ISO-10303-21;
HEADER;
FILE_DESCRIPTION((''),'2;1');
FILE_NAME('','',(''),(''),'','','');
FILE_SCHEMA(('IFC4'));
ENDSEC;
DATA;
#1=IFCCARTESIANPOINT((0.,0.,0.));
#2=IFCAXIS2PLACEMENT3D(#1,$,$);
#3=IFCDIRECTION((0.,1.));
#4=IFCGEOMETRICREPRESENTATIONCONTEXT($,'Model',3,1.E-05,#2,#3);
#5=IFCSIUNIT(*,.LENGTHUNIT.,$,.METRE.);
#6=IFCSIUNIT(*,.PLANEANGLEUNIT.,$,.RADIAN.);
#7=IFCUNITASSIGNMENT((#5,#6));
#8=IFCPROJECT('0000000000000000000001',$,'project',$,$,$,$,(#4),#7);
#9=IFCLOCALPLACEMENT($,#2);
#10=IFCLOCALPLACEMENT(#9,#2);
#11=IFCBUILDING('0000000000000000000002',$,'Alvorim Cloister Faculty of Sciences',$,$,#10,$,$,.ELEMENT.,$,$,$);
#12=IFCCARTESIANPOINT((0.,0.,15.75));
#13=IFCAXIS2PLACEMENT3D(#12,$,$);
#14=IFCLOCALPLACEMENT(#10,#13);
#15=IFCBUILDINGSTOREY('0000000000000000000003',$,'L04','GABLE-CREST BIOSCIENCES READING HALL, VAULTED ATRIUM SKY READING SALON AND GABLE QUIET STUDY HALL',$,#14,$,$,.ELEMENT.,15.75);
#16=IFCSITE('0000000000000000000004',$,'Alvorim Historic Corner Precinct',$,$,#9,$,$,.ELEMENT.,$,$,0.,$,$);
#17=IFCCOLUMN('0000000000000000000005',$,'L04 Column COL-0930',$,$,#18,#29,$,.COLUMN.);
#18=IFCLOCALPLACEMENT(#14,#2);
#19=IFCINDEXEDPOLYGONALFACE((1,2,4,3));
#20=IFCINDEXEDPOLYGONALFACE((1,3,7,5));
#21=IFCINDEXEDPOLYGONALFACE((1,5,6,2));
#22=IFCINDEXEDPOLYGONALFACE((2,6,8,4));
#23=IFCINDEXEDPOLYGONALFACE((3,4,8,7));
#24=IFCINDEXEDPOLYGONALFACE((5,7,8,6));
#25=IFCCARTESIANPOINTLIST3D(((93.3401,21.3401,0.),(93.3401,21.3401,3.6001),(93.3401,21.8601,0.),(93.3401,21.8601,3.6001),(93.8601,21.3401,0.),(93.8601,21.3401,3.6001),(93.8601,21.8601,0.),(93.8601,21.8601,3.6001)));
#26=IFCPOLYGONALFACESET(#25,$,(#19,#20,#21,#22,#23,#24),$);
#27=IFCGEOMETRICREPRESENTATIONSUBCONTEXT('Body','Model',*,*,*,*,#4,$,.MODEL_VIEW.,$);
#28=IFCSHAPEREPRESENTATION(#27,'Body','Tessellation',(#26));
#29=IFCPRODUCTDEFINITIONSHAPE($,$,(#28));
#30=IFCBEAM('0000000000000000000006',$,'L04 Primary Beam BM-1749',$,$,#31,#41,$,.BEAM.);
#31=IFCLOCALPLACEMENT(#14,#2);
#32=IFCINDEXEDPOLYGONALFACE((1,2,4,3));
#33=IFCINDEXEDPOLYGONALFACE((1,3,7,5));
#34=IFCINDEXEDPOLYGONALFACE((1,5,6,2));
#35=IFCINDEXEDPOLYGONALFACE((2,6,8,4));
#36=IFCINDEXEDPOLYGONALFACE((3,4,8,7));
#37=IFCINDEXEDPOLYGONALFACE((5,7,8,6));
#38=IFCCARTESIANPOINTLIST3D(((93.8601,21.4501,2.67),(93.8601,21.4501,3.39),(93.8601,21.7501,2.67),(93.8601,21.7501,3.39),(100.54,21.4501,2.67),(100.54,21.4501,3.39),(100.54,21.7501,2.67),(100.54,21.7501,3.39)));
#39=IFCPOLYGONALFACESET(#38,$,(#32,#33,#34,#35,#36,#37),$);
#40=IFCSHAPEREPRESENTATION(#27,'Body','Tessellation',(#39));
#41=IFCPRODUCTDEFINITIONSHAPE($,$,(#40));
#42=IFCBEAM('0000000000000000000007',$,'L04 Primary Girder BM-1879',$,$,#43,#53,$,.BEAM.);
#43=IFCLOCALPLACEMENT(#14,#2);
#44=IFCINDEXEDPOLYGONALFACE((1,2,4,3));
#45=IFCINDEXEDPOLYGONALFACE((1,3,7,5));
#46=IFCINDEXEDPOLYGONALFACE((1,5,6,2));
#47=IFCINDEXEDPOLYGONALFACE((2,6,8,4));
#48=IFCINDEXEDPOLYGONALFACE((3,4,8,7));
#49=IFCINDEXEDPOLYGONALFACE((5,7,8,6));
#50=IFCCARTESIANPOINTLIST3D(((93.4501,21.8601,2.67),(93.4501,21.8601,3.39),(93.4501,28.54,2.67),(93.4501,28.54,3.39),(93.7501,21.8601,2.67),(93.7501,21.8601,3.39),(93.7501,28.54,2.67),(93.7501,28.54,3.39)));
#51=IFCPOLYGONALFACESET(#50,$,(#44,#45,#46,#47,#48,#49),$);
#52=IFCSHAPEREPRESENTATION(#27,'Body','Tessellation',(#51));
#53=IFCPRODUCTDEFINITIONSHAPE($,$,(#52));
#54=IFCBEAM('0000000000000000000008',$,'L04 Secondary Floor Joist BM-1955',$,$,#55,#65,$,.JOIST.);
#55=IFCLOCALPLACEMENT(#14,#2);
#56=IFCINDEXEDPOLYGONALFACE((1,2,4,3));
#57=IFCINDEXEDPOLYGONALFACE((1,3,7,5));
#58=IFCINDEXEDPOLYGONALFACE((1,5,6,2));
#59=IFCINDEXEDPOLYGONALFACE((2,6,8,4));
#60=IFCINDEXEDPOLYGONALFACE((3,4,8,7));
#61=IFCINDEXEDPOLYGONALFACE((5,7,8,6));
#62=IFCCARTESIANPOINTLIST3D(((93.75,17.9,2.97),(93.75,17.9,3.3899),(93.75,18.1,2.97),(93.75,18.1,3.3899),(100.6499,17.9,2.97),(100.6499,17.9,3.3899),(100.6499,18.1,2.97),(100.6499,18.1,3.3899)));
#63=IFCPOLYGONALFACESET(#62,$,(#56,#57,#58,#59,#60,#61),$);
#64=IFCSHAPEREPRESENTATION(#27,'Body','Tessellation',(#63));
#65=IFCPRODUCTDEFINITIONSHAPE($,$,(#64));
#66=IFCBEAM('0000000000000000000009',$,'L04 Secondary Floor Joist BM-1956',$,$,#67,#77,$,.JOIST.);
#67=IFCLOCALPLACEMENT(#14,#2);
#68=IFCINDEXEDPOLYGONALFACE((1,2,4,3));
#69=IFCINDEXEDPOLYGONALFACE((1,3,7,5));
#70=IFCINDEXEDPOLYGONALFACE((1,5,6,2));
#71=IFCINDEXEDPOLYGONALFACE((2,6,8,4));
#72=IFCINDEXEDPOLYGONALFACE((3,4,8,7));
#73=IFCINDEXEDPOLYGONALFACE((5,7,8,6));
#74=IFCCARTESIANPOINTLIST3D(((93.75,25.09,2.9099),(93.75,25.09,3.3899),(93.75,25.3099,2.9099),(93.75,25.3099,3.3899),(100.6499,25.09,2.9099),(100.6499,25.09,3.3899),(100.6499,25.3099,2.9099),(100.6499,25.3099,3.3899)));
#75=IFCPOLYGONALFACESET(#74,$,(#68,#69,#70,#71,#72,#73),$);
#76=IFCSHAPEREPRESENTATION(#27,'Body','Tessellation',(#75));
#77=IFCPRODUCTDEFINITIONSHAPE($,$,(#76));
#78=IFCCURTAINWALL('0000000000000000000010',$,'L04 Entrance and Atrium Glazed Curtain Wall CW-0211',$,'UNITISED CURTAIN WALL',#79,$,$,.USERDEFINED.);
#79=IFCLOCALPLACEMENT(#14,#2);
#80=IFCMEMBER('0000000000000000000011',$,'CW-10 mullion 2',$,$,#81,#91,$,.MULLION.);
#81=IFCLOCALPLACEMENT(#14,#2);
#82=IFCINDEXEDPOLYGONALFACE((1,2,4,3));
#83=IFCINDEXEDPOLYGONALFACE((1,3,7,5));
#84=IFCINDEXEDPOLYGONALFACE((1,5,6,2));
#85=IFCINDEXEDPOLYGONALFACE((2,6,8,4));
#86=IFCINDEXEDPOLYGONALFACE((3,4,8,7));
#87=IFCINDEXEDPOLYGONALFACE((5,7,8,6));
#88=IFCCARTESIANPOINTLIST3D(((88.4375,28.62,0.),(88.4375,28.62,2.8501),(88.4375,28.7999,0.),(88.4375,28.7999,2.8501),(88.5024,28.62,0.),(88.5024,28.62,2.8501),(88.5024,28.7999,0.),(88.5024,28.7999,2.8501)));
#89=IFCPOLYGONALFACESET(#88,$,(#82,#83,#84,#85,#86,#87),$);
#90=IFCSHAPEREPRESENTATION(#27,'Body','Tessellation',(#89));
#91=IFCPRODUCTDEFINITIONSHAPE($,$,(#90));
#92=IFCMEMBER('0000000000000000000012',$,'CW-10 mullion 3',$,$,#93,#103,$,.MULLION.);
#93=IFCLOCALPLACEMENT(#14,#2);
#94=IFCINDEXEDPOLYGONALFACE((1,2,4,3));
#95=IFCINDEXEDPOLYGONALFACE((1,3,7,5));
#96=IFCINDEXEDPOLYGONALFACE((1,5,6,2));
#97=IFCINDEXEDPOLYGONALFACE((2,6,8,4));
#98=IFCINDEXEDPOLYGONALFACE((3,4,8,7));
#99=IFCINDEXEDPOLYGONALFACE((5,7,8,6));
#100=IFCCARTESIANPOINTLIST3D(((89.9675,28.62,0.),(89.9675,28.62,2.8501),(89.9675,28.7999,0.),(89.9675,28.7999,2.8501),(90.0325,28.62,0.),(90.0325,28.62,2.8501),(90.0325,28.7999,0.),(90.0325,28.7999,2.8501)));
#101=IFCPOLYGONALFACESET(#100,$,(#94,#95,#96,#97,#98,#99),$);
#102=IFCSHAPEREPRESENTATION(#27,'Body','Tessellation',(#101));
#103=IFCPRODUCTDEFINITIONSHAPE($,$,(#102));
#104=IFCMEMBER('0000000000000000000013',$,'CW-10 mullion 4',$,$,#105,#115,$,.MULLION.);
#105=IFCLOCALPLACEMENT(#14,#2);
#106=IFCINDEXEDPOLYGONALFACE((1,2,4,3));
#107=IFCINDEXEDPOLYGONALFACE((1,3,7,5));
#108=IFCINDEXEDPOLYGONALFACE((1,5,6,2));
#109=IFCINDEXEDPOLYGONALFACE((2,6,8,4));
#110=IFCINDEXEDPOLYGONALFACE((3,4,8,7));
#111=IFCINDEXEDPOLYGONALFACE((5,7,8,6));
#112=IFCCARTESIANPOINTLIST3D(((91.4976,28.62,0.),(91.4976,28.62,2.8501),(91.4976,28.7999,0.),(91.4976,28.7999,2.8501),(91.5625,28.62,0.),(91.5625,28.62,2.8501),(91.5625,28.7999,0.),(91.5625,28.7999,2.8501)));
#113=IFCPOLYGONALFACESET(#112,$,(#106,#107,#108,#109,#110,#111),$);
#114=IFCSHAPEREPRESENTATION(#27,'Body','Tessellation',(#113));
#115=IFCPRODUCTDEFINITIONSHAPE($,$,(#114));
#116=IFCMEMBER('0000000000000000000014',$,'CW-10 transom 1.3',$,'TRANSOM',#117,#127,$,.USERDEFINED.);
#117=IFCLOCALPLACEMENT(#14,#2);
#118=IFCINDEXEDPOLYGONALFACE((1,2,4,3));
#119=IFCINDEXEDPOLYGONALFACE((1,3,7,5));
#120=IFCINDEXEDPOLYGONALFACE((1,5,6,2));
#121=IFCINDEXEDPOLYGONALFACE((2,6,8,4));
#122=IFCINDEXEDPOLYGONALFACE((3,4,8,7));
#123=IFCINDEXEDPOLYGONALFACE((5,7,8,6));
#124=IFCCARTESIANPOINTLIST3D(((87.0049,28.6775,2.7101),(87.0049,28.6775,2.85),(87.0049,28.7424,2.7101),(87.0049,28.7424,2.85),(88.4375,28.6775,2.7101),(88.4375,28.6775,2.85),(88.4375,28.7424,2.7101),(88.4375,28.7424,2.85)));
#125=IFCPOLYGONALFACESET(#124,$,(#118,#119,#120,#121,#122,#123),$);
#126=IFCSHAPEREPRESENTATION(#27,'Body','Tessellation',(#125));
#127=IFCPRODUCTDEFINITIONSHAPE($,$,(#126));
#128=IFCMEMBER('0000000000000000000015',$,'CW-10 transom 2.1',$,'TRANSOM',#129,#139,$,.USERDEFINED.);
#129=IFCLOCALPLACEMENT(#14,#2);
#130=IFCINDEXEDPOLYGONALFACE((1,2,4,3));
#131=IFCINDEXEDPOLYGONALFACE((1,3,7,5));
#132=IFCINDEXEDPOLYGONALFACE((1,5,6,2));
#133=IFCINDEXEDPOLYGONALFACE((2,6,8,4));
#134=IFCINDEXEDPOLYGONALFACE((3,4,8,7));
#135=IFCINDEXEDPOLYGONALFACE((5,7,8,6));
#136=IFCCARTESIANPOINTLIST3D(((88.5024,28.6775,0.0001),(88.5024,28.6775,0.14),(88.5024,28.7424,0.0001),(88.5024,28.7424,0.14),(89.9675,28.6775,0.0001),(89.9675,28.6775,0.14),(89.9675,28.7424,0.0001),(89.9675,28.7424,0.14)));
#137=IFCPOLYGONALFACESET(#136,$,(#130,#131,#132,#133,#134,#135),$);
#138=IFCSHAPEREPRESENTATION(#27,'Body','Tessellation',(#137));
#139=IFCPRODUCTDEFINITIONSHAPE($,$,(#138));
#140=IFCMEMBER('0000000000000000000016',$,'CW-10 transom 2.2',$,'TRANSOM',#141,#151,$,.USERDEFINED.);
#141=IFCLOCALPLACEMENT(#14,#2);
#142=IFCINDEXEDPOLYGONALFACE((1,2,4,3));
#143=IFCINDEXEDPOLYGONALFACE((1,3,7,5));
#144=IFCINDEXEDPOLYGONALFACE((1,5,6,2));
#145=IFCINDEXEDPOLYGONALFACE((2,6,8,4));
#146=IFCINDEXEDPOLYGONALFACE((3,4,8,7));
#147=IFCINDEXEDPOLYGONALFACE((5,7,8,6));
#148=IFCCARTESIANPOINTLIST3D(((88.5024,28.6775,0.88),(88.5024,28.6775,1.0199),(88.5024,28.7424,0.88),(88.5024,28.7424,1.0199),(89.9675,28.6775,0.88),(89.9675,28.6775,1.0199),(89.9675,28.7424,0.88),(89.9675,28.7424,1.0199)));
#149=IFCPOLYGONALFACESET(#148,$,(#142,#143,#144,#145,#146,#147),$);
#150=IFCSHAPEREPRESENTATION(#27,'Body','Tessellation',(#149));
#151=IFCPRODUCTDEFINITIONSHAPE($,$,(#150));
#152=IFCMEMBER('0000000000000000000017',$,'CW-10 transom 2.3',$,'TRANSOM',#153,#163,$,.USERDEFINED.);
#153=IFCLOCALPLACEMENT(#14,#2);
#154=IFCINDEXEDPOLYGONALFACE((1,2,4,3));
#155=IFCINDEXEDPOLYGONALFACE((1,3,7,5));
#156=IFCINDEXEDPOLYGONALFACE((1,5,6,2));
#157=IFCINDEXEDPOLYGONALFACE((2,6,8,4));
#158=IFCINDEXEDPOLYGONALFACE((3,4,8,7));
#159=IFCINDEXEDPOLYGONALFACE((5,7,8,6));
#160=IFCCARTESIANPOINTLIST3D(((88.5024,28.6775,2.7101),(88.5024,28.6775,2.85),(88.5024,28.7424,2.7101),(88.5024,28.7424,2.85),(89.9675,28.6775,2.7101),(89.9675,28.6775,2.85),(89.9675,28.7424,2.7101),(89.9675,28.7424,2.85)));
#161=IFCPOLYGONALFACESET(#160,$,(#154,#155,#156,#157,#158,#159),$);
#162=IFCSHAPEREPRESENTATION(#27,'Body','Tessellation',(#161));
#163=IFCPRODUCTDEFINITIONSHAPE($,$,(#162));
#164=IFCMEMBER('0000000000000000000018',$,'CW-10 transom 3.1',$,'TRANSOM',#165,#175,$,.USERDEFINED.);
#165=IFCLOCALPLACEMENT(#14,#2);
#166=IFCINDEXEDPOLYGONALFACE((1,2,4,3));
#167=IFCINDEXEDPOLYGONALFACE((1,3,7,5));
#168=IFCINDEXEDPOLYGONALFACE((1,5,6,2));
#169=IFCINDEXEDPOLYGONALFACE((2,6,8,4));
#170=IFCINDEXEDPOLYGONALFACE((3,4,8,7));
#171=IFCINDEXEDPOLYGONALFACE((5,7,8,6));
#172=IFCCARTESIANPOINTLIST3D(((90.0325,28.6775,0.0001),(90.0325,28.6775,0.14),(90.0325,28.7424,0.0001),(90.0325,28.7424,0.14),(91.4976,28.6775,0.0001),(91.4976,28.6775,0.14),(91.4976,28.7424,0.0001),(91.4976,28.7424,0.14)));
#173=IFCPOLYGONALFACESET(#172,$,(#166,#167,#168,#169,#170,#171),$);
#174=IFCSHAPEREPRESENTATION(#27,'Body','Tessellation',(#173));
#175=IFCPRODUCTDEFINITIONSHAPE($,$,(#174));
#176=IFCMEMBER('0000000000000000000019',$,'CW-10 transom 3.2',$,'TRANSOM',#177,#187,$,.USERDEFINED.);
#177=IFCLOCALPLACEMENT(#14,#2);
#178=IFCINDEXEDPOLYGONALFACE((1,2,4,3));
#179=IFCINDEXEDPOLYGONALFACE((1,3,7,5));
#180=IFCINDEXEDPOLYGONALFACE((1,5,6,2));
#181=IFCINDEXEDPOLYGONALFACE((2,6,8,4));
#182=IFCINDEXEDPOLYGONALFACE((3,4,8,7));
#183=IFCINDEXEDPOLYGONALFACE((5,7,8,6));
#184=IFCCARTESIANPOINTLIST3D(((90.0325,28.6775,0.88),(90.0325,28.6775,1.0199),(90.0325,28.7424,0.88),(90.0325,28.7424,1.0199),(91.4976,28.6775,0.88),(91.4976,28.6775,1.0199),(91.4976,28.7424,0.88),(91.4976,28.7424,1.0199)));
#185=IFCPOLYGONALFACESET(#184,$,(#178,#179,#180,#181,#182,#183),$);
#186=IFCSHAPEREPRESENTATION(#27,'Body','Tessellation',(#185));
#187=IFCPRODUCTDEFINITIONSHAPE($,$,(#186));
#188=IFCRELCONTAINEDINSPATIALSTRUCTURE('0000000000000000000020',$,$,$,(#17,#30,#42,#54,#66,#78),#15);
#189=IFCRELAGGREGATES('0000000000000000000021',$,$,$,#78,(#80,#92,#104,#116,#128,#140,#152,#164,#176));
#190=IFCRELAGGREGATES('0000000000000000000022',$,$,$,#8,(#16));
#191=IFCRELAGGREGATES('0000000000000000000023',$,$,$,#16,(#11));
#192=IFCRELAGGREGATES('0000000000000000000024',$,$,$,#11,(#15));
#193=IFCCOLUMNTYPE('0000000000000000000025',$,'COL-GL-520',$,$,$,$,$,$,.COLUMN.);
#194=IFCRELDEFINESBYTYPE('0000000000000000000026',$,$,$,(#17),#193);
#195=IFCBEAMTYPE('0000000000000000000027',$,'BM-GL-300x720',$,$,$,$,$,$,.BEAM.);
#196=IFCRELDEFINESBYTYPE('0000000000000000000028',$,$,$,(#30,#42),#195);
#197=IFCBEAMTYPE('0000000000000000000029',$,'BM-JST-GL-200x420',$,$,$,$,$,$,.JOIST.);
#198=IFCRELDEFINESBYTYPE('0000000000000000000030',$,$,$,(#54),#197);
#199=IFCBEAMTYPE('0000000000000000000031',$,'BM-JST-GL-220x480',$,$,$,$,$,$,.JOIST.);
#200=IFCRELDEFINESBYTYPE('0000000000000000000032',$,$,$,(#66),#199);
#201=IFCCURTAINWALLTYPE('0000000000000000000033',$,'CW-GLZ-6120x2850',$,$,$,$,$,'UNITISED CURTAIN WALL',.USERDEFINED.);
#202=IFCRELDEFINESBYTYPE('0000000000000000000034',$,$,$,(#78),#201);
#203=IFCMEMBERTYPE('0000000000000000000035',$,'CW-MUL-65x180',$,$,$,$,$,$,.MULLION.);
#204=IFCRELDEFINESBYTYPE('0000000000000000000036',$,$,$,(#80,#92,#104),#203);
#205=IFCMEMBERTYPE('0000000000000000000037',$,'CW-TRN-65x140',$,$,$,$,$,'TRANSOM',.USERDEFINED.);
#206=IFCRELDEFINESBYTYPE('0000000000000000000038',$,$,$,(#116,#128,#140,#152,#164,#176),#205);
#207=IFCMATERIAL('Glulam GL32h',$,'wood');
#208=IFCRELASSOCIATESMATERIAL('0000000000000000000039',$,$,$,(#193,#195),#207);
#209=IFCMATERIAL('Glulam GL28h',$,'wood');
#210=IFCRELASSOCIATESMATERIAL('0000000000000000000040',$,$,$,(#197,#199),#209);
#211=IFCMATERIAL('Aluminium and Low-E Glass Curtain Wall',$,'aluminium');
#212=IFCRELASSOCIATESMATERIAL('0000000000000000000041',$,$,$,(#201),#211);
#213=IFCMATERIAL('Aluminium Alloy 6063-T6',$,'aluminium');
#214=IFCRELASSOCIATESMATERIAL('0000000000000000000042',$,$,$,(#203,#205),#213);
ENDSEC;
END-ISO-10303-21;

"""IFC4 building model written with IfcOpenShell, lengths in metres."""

from ifc_helpers import new_model, si_unit, direction, frame, origin, origin_2d, place, context, subcontext, project, spatial, rectangle, extrude, material, material_profile, profile_set, type_object, element, aggregate, save


model = new_model("IFC4")

# Units and contexts
model_context = context("Model", 3, precision=1e-05, world=origin(), true_north=direction((0.0, 1.0)))
body_context = subcontext(model_context, "Body", "Model", "MODEL_VIEW")
ifc_project = project(units=[si_unit("LENGTHUNIT", "METRE"), si_unit("PLANEANGLEUNIT", "RADIAN")], contexts=[model_context])

# Site, building, storey
site_placement = place(None, origin())
site = spatial("IfcSite", under=ifc_project, at=site_placement, Name="Alvorim Historic Corner Precinct", CompositionType="ELEMENT", RefElevation=0.0)
building_placement = place(site_placement, origin())
building = spatial("IfcBuilding", under=site, at=building_placement, Name="Alvorim Cloister Faculty of Sciences", CompositionType="ELEMENT")
storey_placement = place(building_placement, frame((0.0, 0.0, 15.75)))
storey = spatial("IfcBuildingStorey", under=building, at=storey_placement, Name="L04", Description="GABLE-CREST BIOSCIENCES READING HALL, VAULTED ATRIUM SKY READING SALON AND GABLE QUIET STUDY HALL", CompositionType="ELEMENT", Elevation=15.75)

# Column
ifc_material_1 = material(Name="Glulam GL32h", Category="wood")
ifc_material_profile_1 = material_profile(ifc_material_1, rectangle(XDim=0.52, YDim=0.52, at=origin_2d()), Name="GL32-COL-520x520")
ifc_profile_set_1 = profile_set([ifc_material_profile_1], Name="Glulam GL32h")
column_type = type_object("IfcColumnType", Name="COL-GL-520", PredefinedType="COLUMN", material=ifc_profile_set_1)
column_placement = place(storey_placement, frame((93.6001, 21.6001, 0.0), z_axis=(0.0, 0.0, 1.0), x_axis=(1.0, 0.0, 0.0)))
element("IfcColumn", 1, at=column_placement, inside=storey, type_object=column_type, Name="L04 Column COL-0930", PredefinedType="COLUMN", context=body_context, shape_type="SweptSolid", body=[
    extrude(rectangle(XDim=0.52, YDim=0.52, at=origin_2d()), origin(), (0.0, 0.0, 1.0), 3.6001),
])

# Beams
ifc_material_profile_2 = material_profile(ifc_material_1, rectangle(XDim=0.3, YDim=0.72, at=origin_2d()), Name="GL32-BM-300x720")
ifc_profile_set_2 = profile_set([ifc_material_profile_2], Name="Glulam GL32h")
beam_type_1 = type_object("IfcBeamType", Name="BM-GL-300x720", PredefinedType="BEAM", material=ifc_profile_set_2)
for number, where, z_axis, x_axis, name in (
    (2, (93.8601, 21.6001, 3.03), (1.0, 0.0, 0.0), (0.0, 1.0, 0.0), "L04 Primary Beam BM-1749"),
    (3, (93.6001, 21.8601, 3.03), (0.0, 1.0, 0.0), (-1.0, 0.0, 0.0), "L04 Primary Girder BM-1879"),
):
    element("IfcBeam", number, at=place(storey_placement, frame(where, z_axis=z_axis, x_axis=x_axis)), inside=storey, type_object=beam_type_1, Name=name, PredefinedType="BEAM", context=body_context, shape_type="SweptSolid", body=[
        extrude(rectangle(XDim=0.3, YDim=0.72, at=origin_2d()), origin(), (0.0, 0.0, 1.0), 6.6799),
    ])
ifc_material_2 = material(Name="Glulam GL28h", Category="wood")
ifc_material_profile_3 = material_profile(ifc_material_2, rectangle(XDim=0.2, YDim=0.4199, at=origin_2d()), Name="GL28-JST-200x420")
ifc_profile_set_3 = profile_set([ifc_material_profile_3], Name="Glulam GL28h")
beam_type_2 = type_object("IfcBeamType", Name="BM-JST-GL-200x420", PredefinedType="JOIST", material=ifc_profile_set_3)
beam_1_placement = place(storey_placement, frame((93.75, 18.0, 3.1799), z_axis=(1.0, 0.0, 0.0), x_axis=(0.0, 1.0, 0.0)))
element("IfcBeam", 4, at=beam_1_placement, inside=storey, type_object=beam_type_2, Name="L04 Secondary Floor Joist BM-1955", PredefinedType="JOIST", context=body_context, shape_type="SweptSolid", body=[
    extrude(rectangle(XDim=0.2, YDim=0.4199, at=origin_2d()), origin(), (0.0, 0.0, 1.0), 6.8999),
])
ifc_material_profile_4 = material_profile(ifc_material_2, rectangle(XDim=0.22, YDim=0.48, at=origin_2d()), Name="GL28-JST-220x480")
ifc_profile_set_4 = profile_set([ifc_material_profile_4], Name="Glulam GL28h")
beam_type_3 = type_object("IfcBeamType", Name="BM-JST-GL-220x480", PredefinedType="JOIST", material=ifc_profile_set_4)
beam_2_placement = place(storey_placement, frame((93.75, 25.2, 3.1499), z_axis=(1.0, 0.0, 0.0), x_axis=(0.0, 1.0, 0.0)))
element("IfcBeam", 5, at=beam_2_placement, inside=storey, type_object=beam_type_3, Name="L04 Secondary Floor Joist BM-1956", PredefinedType="JOIST", context=body_context, shape_type="SweptSolid", body=[
    extrude(rectangle(XDim=0.22, YDim=0.48, at=origin_2d()), origin(), (0.0, 0.0, 1.0), 6.8999),
])

# Curtain wall, members
ifc_material_3 = material(Name="Aluminium and Low-E Glass Curtain Wall", Category="aluminium")
curtain_wall_type = type_object("IfcCurtainWallType", Name="CW-GLZ-6120x2850", ElementType="UNITISED CURTAIN WALL", PredefinedType="USERDEFINED", material=ifc_material_3)
curtain_wall_placement = place(storey_placement, origin())
curtain_wall = element("IfcCurtainWall", 6, at=curtain_wall_placement, inside=storey, type_object=curtain_wall_type, Name="L04 Entrance and Atrium Glazed Curtain Wall CW-0211", ObjectType="UNITISED CURTAIN WALL", PredefinedType="USERDEFINED")
ifc_material_4 = material(Name="Aluminium Alloy 6063-T6", Category="aluminium")
ifc_material_profile_5 = material_profile(ifc_material_4, rectangle(XDim=0.0649, YDim=0.1799, at=origin_2d()), Name="ALU-MUL-65x180")
ifc_profile_set_5 = profile_set([ifc_material_profile_5], Name="Aluminium Alloy 6063-T6")
member_type_1 = type_object("IfcMemberType", Name="CW-MUL-65x180", PredefinedType="MULLION", material=ifc_profile_set_5)
member_1_placement = place(storey_placement, frame((88.47, 28.71, 0.0), z_axis=(0.0, 0.0, 1.0), x_axis=(1.0, 0.0, 0.0)))
member_1 = element("IfcMember", 7, at=member_1_placement, type_object=member_type_1, Name="CW-10 mullion 2", PredefinedType="MULLION", context=body_context, shape_type="SweptSolid", body=[
    extrude(rectangle(XDim=0.0649, YDim=0.1799, at=origin_2d()), origin(), (0.0, 0.0, 1.0), 2.8501),
])
member_2_placement = place(storey_placement, frame((90.0, 28.71, 0.0), z_axis=(0.0, 0.0, 1.0), x_axis=(1.0, 0.0, 0.0)))
member_2 = element("IfcMember", 8, at=member_2_placement, type_object=member_type_1, Name="CW-10 mullion 3", PredefinedType="MULLION", context=body_context, shape_type="SweptSolid", body=[
    extrude(rectangle(XDim=0.0649, YDim=0.1799, at=origin_2d()), origin(), (0.0, 0.0, 1.0), 2.8501),
])
member_3_placement = place(storey_placement, frame((91.53, 28.71, 0.0), z_axis=(0.0, 0.0, 1.0), x_axis=(1.0, 0.0, 0.0)))
member_3 = element("IfcMember", 9, at=member_3_placement, type_object=member_type_1, Name="CW-10 mullion 4", PredefinedType="MULLION", context=body_context, shape_type="SweptSolid", body=[
    extrude(rectangle(XDim=0.0649, YDim=0.1799, at=origin_2d()), origin(), (0.0, 0.0, 1.0), 2.8501),
])
ifc_material_profile_6 = material_profile(ifc_material_4, rectangle(XDim=0.0649, YDim=0.1399, at=origin_2d()), Name="ALU-TRN-65x140")
ifc_profile_set_6 = profile_set([ifc_material_profile_6], Name="Aluminium Alloy 6063-T6")
member_type_2 = type_object("IfcMemberType", Name="CW-TRN-65x140", ElementType="TRANSOM", PredefinedType="USERDEFINED", material=ifc_profile_set_6)
member_4_placement = place(storey_placement, frame((87.0049, 28.71, 2.78), z_axis=(1.0, 0.0, 0.0), x_axis=(0.0, 1.0, 0.0)))
member_4 = element("IfcMember", 10, at=member_4_placement, type_object=member_type_2, Name="CW-10 transom 1.3", ObjectType="TRANSOM", PredefinedType="USERDEFINED", context=body_context, shape_type="SweptSolid", body=[
    extrude(rectangle(XDim=0.0649, YDim=0.1399, at=origin_2d()), origin(), (0.0, 0.0, 1.0), 1.4326),
])
member_5_placement = place(storey_placement, frame((88.5024, 28.71, 0.0701), z_axis=(1.0, 0.0, 0.0), x_axis=(0.0, 1.0, 0.0)))
member_5 = element("IfcMember", 11, at=member_5_placement, type_object=member_type_2, Name="CW-10 transom 2.1", ObjectType="TRANSOM", PredefinedType="USERDEFINED", context=body_context, shape_type="SweptSolid", body=[
    extrude(rectangle(XDim=0.0649, YDim=0.1399, at=origin_2d()), origin(), (0.0, 0.0, 1.0), 1.4651),
])
member_6_placement = place(storey_placement, frame((88.5024, 28.71, 0.95), z_axis=(1.0, 0.0, 0.0), x_axis=(0.0, 1.0, 0.0)))
member_6 = element("IfcMember", 12, at=member_6_placement, type_object=member_type_2, Name="CW-10 transom 2.2", ObjectType="TRANSOM", PredefinedType="USERDEFINED", context=body_context, shape_type="SweptSolid", body=[
    extrude(rectangle(XDim=0.0649, YDim=0.1399, at=origin_2d()), origin(), (0.0, 0.0, 1.0), 1.4651),
])
member_7_placement = place(storey_placement, frame((88.5024, 28.71, 2.78), z_axis=(1.0, 0.0, 0.0), x_axis=(0.0, 1.0, 0.0)))
member_7 = element("IfcMember", 13, at=member_7_placement, type_object=member_type_2, Name="CW-10 transom 2.3", ObjectType="TRANSOM", PredefinedType="USERDEFINED", context=body_context, shape_type="SweptSolid", body=[
    extrude(rectangle(XDim=0.0649, YDim=0.1399, at=origin_2d()), origin(), (0.0, 0.0, 1.0), 1.4651),
])
member_8_placement = place(storey_placement, frame((90.0325, 28.71, 0.0701), z_axis=(1.0, 0.0, 0.0), x_axis=(0.0, 1.0, 0.0)))
member_8 = element("IfcMember", 14, at=member_8_placement, type_object=member_type_2, Name="CW-10 transom 3.1", ObjectType="TRANSOM", PredefinedType="USERDEFINED", context=body_context, shape_type="SweptSolid", body=[
    extrude(rectangle(XDim=0.0649, YDim=0.1399, at=origin_2d()), origin(), (0.0, 0.0, 1.0), 1.4651),
])
member_9_placement = place(storey_placement, frame((90.0325, 28.71, 0.95), z_axis=(1.0, 0.0, 0.0), x_axis=(0.0, 1.0, 0.0)))
member_9 = element("IfcMember", 15, at=member_9_placement, type_object=member_type_2, Name="CW-10 transom 3.2", ObjectType="TRANSOM", PredefinedType="USERDEFINED", context=body_context, shape_type="SweptSolid", body=[
    extrude(rectangle(XDim=0.0649, YDim=0.1399, at=origin_2d()), origin(), (0.0, 0.0, 1.0), 1.4651),
])
aggregate(curtain_wall, [member_1, member_2, member_3, member_4, member_5, member_6, member_7, member_8, member_9])

save(model, "model.ifc")
